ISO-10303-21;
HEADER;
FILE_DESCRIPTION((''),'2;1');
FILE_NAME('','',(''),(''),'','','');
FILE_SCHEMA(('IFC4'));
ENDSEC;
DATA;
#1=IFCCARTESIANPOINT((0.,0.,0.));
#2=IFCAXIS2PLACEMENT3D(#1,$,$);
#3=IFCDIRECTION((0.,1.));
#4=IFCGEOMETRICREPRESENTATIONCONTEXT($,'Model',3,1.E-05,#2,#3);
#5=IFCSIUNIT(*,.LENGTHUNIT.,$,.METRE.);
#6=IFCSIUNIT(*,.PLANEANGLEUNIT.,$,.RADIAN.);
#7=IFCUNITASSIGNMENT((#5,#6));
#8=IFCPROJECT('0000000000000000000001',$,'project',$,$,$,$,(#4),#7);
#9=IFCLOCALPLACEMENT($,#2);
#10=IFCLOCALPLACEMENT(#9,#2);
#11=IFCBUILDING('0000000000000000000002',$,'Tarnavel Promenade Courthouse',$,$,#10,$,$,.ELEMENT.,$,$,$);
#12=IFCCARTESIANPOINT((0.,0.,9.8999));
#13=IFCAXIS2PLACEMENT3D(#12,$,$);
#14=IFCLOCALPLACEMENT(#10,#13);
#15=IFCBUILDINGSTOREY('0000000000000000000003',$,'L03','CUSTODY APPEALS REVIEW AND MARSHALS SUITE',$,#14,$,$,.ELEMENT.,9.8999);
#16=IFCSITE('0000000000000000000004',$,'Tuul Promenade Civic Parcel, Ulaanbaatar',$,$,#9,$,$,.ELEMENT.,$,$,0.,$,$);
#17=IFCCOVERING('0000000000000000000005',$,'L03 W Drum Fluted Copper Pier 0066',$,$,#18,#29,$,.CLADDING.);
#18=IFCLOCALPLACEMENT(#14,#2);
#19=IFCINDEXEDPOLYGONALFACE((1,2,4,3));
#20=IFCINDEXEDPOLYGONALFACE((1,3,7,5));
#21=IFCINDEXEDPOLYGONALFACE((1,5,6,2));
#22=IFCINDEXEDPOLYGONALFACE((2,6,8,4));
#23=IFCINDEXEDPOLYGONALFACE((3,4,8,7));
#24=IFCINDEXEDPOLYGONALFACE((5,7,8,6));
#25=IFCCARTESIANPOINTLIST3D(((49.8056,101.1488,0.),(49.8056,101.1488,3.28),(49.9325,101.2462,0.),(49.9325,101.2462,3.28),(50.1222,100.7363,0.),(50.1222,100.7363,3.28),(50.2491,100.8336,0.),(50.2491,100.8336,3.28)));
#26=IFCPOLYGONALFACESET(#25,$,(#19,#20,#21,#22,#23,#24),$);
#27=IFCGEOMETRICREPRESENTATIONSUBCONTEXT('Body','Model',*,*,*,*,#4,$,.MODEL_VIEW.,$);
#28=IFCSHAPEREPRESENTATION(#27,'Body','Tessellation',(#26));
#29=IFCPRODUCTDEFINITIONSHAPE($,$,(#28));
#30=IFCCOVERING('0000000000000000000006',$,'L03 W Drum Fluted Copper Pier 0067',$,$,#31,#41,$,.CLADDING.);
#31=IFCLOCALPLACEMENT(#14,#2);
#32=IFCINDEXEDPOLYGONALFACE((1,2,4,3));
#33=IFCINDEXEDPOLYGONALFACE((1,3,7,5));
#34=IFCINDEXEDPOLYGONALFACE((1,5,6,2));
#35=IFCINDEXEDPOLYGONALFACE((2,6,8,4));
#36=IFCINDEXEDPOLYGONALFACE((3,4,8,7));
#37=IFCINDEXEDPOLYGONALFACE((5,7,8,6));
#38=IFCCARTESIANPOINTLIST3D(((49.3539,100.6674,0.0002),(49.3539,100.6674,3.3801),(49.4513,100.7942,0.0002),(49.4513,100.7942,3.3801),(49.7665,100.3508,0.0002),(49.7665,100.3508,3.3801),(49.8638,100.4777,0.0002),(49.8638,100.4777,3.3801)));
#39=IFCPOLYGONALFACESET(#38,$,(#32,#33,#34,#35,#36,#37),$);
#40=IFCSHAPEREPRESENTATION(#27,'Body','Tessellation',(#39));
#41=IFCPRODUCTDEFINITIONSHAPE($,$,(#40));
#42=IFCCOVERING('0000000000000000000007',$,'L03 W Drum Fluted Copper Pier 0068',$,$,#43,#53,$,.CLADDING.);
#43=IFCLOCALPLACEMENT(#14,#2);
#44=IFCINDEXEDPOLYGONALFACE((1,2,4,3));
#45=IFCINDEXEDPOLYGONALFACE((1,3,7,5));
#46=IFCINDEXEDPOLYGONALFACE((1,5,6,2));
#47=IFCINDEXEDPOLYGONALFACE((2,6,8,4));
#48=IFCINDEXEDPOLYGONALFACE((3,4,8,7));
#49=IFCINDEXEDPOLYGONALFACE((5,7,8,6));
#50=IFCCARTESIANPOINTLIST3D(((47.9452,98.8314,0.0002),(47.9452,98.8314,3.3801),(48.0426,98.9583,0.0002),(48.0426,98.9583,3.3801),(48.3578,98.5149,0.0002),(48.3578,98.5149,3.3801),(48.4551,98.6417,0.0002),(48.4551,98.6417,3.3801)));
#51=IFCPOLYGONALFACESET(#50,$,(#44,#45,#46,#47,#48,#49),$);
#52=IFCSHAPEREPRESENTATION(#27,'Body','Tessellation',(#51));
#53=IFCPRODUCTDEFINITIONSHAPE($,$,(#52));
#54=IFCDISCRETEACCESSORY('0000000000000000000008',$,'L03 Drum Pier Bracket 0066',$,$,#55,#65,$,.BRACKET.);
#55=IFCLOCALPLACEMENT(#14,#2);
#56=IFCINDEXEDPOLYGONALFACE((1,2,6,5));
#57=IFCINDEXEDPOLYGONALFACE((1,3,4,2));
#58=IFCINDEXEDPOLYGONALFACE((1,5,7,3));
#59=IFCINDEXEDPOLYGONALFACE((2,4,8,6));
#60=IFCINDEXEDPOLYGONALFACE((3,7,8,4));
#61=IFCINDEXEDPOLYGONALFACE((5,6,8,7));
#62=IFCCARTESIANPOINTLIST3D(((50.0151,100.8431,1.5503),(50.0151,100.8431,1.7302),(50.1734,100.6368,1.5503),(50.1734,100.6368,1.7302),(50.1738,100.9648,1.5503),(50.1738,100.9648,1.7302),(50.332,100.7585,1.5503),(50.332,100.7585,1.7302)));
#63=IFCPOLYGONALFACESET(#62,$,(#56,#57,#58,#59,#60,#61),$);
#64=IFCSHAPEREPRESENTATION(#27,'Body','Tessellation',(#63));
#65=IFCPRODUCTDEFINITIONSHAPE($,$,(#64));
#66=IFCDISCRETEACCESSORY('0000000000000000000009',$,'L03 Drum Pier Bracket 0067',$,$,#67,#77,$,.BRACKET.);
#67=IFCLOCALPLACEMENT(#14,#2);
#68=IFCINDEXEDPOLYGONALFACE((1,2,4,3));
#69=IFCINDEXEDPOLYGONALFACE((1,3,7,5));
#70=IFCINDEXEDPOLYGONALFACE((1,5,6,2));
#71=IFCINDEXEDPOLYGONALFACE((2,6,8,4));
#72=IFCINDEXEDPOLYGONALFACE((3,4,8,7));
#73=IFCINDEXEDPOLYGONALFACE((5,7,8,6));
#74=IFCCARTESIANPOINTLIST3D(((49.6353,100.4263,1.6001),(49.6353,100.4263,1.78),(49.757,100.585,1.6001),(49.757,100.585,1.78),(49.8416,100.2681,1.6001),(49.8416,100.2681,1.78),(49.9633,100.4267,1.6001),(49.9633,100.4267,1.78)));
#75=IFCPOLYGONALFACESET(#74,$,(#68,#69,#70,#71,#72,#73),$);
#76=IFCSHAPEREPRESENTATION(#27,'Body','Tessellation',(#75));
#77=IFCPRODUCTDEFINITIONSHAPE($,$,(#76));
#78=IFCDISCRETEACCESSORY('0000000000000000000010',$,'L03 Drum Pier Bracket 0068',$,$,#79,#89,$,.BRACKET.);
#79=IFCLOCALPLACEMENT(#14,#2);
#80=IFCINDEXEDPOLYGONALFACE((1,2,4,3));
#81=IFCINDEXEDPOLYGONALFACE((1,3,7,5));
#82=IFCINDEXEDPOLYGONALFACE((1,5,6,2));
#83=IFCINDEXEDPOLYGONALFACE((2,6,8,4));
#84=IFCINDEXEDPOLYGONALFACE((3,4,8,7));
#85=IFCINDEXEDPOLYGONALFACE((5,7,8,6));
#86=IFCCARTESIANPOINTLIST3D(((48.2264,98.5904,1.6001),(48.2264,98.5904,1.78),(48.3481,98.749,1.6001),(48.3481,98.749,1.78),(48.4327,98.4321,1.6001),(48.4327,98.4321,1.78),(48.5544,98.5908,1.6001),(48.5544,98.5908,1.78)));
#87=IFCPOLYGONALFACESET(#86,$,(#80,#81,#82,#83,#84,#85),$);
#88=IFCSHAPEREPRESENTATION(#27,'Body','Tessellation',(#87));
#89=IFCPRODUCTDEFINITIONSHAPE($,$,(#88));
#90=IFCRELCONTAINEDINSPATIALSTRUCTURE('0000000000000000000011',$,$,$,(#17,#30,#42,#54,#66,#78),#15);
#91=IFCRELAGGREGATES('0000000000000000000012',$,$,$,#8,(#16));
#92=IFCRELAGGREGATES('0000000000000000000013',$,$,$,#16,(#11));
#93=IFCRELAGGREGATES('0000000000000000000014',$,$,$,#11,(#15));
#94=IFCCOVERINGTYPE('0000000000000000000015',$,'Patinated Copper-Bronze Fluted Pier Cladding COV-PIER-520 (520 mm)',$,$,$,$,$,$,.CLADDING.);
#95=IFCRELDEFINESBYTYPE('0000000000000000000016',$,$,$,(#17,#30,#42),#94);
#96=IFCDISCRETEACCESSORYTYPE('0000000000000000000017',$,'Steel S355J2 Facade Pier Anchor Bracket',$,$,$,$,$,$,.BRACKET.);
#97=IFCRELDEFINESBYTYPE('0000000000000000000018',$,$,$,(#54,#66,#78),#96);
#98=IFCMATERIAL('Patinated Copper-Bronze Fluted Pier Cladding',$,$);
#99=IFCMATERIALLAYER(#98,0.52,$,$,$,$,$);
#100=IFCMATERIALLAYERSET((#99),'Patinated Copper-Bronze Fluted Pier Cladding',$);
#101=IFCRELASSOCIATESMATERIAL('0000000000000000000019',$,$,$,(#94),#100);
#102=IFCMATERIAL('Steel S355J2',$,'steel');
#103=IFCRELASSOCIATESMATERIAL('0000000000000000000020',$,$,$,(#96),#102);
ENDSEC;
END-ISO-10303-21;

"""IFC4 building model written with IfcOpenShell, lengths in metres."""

from ifc_helpers import new_model, si_unit, direction, frame, origin, origin_2d, place, context, subcontext, project, spatial, rectangle, extrude, material, layer, layer_set, type_object, element, save


model = new_model("IFC4")

# Units and contexts
model_context = context("Model", 3, precision=1e-05, world=origin(), true_north=direction((0.0, 1.0)))
body_context = subcontext(model_context, "Body", "Model", "MODEL_VIEW")
ifc_project = project(units=[si_unit("LENGTHUNIT", "METRE"), si_unit("PLANEANGLEUNIT", "RADIAN")], contexts=[model_context])

# Site, building, storey
site_placement = place(None, origin())
site = spatial("IfcSite", under=ifc_project, at=site_placement, Name="Tuul Promenade Civic Parcel, Ulaanbaatar", CompositionType="ELEMENT", RefElevation=0.0)
building_placement = place(site_placement, origin())
building = spatial("IfcBuilding", under=site, at=building_placement, Name="Tarnavel Promenade Courthouse", CompositionType="ELEMENT")
storey_placement = place(building_placement, frame((0.0, 0.0, 9.8999)))
storey = spatial("IfcBuildingStorey", under=building, at=storey_placement, Name="L03", Description="CUSTODY APPEALS REVIEW AND MARSHALS SUITE", CompositionType="ELEMENT", Elevation=9.8999)

# Shared definitions
ifc_material_1 = material(Name="Steel S355J2", Category="steel")

# Coverings
ifc_material_2 = material(Name="Patinated Copper-Bronze Fluted Pier Cladding")
ifc_layer_1 = layer(ifc_material_2, 0.52)
ifc_layer_set_1 = layer_set([ifc_layer_1], Name="Patinated Copper-Bronze Fluted Pier Cladding")
covering_type = type_object("IfcCoveringType", Name="Patinated Copper-Bronze Fluted Pier Cladding COV-PIER-520 (520 mm)", PredefinedType="CLADDING", material=ifc_layer_set_1)
covering_placement = place(storey_placement, frame((50.0273, 100.9912, 0.0), z_axis=(0.0, 0.0, 1.0), x_axis=(-0.793353, -0.608761, 0.0)))
element("IfcCovering", 1, at=covering_placement, inside=storey, type_object=covering_type, Name="L03 W Drum Fluted Copper Pier 0066", PredefinedType="CLADDING", context=body_context, shape_type="SweptSolid", body=[
    extrude(rectangle(XDim=0.1599, YDim=0.52, at=origin_2d()), origin(), (0.0, 0.0, 1.0), 3.28),
])
for number, where, z_axis, x_axis, name in (
    (2, (49.6089, 100.5725, 0.0002), (0.0, 0.0, 1.0), (-0.608761, -0.793353, 0.0), "L03 W Drum Fluted Copper Pier 0067"),
    (3, (48.2002, 98.7366, 0.0002), (0.0, 0.0, 1.0), (-0.608761, -0.793353, 0.0), "L03 W Drum Fluted Copper Pier 0068"),
):
    element("IfcCovering", number, at=place(storey_placement, frame(where, z_axis=z_axis, x_axis=x_axis)), inside=storey, type_object=covering_type, Name=name, PredefinedType="CLADDING", context=body_context, shape_type="SweptSolid", body=[
        extrude(rectangle(XDim=0.1599, YDim=0.52, at=origin_2d()), origin(), (0.0, 0.0, 1.0), 3.3799),
    ])

# Discrete accessories
discrete_accessory_type = type_object("IfcDiscreteAccessoryType", Name="Steel S355J2 Facade Pier Anchor Bracket", PredefinedType="BRACKET", material=ifc_material_1)
for number, where, z_axis, x_axis, name in (
    (4, (50.1736, 100.8008, 1.5503), (0.0, 0.0, 1.0), (-0.793353, -0.608761, 0.0), "L03 Drum Pier Bracket 0066"),
    (5, (49.7993, 100.4265, 1.6001), (0.0, 0.0, 1.0), (-0.608761, -0.793353, 0.0), "L03 Drum Pier Bracket 0067"),
    (6, (48.3904, 98.5906, 1.6001), (0.0, 0.0, 1.0), (-0.608761, -0.793353, 0.0), "L03 Drum Pier Bracket 0068"),
):
    element("IfcDiscreteAccessory", number, at=place(storey_placement, frame(where, z_axis=z_axis, x_axis=x_axis)), inside=storey, type_object=discrete_accessory_type, Name=name, PredefinedType="BRACKET", context=body_context, shape_type="SweptSolid", body=[
        extrude(rectangle(XDim=0.2, YDim=0.26, at=origin_2d()), origin(), (0.0, 0.0, 1.0), 0.1799),
    ])

save(model, "model.ifc")
